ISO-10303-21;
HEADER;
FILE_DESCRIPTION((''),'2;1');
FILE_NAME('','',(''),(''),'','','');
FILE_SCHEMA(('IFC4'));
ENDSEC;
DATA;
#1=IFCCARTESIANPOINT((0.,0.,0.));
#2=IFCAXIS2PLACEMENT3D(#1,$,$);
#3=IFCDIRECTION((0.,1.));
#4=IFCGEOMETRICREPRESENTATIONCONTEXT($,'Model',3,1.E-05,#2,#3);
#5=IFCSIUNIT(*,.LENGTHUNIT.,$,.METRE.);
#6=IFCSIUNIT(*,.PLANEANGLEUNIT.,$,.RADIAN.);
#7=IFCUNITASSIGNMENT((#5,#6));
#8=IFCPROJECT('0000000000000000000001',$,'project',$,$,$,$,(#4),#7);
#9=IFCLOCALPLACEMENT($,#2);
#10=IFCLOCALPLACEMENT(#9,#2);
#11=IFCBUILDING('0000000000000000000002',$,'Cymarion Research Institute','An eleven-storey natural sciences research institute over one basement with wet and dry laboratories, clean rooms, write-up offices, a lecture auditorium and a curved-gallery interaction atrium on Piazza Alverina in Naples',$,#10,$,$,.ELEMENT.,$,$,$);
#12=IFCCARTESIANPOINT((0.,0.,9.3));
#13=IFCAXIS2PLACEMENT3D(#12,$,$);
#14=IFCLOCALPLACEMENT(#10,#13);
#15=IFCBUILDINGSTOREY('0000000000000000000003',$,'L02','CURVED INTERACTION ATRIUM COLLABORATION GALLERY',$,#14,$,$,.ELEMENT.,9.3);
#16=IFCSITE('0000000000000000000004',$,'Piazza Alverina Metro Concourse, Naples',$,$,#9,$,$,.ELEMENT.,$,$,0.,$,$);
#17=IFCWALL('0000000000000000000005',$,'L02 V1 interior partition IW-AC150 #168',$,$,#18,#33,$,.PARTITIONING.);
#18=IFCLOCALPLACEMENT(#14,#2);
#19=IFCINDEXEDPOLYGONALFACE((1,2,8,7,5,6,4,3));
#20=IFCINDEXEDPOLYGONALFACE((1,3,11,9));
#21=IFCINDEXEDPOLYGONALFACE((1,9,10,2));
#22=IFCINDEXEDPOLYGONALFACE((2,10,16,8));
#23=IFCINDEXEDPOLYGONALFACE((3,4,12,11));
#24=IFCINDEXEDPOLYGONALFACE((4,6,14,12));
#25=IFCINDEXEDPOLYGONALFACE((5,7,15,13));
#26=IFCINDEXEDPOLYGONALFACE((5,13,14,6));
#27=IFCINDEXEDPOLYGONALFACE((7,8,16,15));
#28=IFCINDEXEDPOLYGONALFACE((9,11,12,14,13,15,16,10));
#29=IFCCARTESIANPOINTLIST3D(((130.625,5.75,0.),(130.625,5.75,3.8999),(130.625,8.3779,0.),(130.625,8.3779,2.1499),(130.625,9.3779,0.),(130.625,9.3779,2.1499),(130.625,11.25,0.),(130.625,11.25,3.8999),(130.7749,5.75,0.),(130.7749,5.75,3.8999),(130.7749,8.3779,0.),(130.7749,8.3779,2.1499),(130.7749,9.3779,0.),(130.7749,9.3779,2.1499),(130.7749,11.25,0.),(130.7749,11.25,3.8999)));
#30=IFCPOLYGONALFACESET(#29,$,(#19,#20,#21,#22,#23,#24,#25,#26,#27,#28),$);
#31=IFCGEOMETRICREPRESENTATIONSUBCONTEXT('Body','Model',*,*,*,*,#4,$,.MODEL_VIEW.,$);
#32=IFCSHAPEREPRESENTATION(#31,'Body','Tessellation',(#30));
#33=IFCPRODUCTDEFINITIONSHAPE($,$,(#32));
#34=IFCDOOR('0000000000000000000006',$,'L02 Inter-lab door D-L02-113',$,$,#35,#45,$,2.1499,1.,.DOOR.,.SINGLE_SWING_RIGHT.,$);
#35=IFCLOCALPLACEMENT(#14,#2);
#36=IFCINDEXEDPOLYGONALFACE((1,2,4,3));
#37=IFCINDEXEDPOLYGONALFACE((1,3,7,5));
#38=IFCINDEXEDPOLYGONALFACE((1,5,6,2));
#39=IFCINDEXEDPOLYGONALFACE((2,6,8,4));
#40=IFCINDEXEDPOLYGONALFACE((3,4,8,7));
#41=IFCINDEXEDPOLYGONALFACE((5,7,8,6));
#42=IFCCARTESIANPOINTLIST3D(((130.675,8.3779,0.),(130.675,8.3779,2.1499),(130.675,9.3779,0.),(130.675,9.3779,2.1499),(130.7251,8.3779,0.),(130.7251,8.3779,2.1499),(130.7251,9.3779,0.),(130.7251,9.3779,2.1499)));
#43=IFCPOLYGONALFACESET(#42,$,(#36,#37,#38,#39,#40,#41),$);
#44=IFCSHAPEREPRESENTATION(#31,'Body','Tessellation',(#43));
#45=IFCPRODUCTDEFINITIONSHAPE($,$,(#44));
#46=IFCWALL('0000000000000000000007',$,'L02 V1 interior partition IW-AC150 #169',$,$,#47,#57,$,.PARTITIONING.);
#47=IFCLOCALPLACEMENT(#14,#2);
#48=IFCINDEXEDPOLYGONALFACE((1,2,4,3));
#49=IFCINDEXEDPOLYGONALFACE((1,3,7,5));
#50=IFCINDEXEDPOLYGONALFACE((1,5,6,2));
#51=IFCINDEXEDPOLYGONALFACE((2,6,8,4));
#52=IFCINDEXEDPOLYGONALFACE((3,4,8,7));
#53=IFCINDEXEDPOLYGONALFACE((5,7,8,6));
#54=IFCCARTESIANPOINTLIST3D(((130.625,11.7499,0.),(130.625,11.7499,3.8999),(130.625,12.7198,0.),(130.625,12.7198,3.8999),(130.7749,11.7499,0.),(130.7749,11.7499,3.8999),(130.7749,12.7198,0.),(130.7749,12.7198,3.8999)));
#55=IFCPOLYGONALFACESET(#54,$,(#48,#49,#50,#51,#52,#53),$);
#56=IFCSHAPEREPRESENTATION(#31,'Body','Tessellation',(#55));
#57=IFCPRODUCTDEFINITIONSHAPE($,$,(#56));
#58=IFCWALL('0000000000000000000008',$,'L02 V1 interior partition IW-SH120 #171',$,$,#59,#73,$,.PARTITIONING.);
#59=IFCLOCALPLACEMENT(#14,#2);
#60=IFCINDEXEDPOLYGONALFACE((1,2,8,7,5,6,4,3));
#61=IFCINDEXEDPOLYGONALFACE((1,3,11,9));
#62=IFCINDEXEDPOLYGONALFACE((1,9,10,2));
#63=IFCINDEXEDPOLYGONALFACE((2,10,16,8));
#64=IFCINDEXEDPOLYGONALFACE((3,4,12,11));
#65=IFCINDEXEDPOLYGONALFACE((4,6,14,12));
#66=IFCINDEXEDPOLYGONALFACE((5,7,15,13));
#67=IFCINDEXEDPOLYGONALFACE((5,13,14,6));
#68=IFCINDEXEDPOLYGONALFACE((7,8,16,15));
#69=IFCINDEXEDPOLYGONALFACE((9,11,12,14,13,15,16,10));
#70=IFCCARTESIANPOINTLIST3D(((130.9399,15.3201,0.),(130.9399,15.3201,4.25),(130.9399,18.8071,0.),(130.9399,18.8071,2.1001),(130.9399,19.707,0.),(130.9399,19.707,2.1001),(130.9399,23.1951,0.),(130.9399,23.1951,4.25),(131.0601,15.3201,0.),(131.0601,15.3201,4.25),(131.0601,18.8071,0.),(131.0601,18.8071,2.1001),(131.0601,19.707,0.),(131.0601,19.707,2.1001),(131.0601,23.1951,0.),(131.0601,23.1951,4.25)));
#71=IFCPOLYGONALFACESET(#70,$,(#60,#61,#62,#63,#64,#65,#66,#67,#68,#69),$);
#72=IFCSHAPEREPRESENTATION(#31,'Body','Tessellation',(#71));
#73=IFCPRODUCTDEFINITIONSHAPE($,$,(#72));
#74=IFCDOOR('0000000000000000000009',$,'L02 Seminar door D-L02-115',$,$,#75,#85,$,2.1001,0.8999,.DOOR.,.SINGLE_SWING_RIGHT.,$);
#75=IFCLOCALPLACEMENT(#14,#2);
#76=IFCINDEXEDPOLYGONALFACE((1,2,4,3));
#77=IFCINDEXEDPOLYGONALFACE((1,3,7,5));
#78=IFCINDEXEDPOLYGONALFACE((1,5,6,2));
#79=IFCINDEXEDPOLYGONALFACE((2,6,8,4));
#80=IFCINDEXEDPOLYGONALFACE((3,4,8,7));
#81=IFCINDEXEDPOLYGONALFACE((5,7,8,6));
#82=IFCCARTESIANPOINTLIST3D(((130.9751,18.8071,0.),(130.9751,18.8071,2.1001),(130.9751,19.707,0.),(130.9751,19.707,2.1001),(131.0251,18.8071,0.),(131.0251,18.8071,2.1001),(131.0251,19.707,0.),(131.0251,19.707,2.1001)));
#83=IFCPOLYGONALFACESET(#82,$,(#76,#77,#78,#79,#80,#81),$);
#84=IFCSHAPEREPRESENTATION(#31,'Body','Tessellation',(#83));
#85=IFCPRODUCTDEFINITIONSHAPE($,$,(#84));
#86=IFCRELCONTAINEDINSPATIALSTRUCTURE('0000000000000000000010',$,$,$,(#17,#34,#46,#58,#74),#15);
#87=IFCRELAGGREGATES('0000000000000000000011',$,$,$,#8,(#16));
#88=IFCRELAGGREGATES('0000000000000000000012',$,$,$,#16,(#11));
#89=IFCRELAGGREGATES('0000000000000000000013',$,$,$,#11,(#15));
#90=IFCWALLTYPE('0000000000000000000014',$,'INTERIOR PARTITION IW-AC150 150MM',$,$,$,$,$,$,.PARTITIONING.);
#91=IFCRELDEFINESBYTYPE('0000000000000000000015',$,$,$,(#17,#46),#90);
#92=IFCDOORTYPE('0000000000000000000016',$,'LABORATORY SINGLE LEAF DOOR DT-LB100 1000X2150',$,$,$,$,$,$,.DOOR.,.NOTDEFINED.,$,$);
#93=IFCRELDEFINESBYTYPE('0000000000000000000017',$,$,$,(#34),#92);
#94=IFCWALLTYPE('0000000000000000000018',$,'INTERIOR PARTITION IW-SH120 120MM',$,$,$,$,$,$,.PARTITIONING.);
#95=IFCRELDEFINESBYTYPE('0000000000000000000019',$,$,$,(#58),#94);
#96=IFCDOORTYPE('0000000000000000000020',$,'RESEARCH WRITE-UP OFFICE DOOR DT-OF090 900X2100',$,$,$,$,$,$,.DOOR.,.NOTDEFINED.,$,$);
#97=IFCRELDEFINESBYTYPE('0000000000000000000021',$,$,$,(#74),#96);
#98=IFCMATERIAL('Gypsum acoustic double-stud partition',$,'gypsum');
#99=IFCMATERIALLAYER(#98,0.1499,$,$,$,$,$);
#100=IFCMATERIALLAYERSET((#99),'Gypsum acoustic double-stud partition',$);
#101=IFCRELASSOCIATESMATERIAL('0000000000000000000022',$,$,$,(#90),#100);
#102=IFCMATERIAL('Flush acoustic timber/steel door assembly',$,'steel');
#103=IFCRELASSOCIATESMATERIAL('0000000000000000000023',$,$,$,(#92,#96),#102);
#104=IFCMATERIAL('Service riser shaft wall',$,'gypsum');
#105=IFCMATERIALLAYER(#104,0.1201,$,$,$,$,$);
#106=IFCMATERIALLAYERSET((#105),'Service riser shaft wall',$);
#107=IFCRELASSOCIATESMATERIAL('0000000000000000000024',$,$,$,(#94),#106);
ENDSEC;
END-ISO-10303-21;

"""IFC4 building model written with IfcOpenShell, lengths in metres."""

from ifc_helpers import new_model, si_unit, direction, frame, frame_2d, origin, place, context, subcontext, project, spatial, rectangle, extrude, material, layer, layer_set, type_object, element, fill, save


model = new_model("IFC4")

# Units and contexts
model_context = context("Model", 3, precision=1e-05, world=origin(), true_north=direction((0.0, 1.0)))
body_context = subcontext(model_context, "Body", "Model", "MODEL_VIEW")
ifc_project = project(units=[si_unit("LENGTHUNIT", "METRE"), si_unit("PLANEANGLEUNIT", "RADIAN")], contexts=[model_context])

# Site, building, storey
site_placement = place(None, origin())
site = spatial("IfcSite", under=ifc_project, at=site_placement, Name="Piazza Alverina Metro Concourse, Naples", CompositionType="ELEMENT", RefElevation=0.0)
building_placement = place(site_placement, origin())
building = spatial("IfcBuilding", under=site, at=building_placement, Name="Cymarion Research Institute", Description="An eleven-storey natural sciences research institute over one basement with wet and dry laboratories, clean rooms, write-up offices, a lecture auditorium and a curved-gallery interaction atrium on Piazza Alverina in Naples", CompositionType="ELEMENT")
storey_placement = place(building_placement, frame((0.0, 0.0, 9.3)))
storey = spatial("IfcBuildingStorey", under=building, at=storey_placement, Name="L02", Description="CURVED INTERACTION ATRIUM COLLABORATION GALLERY", CompositionType="ELEMENT", Elevation=9.3)

# Wall, opening, door
ifc_material_1 = material(Name="Gypsum acoustic double-stud partition", Category="gypsum")
ifc_layer_1 = layer(ifc_material_1, 0.1499)
ifc_layer_set_1 = layer_set([ifc_layer_1], Name="Gypsum acoustic double-stud partition")
wall_type_1 = type_object("IfcWallType", Name="INTERIOR PARTITION IW-AC150 150MM", PredefinedType="PARTITIONING", material=ifc_layer_set_1)
wall_1_placement = place(storey_placement, frame((130.7, 5.75, 0.0), z_axis=(0.0, 0.0, 1.0), x_axis=(0.0, 1.0, 0.0)))
wall_1 = element("IfcWall", 1, at=wall_1_placement, inside=storey, type_object=wall_type_1, Name="L02 V1 interior partition IW-AC150 #168", PredefinedType="PARTITIONING", context=body_context, shape_type="SweptSolid", body=[
    extrude(rectangle(XDim=5.5, YDim=0.1499, at=frame_2d((2.75, 0.0))), origin(), (0.0, 0.0, 1.0), 3.8999),
])
opening_1_placement = place(wall_1_placement, frame((2.6279, 0.0, 0.0)))
opening_1 = element("IfcOpeningElement", 2, at=opening_1_placement, cuts=wall_1, PredefinedType="OPENING", context=body_context, shape_type="SweptSolid", body=[
    extrude(rectangle(XDim=1.0, YDim=2.1499, at=frame_2d((0.5, 1.075))), frame((0.0, 0.085, 0.0), z_axis=(0.0, -1.0, 0.0), x_axis=(1.0, 0.0, 0.0)), (0.0, 0.0, 1.0), 0.1699),
])
ifc_material_2 = material(Name="Flush acoustic timber/steel door assembly", Category="steel")
door_type_1 = type_object("IfcDoorType", Name="LABORATORY SINGLE LEAF DOOR DT-LB100 1000X2150", OperationType="NOTDEFINED", PredefinedType="DOOR", material=ifc_material_2)
door_1_placement = place(opening_1_placement, origin())
door_1 = element("IfcDoor", 3, at=door_1_placement, inside=storey, type_object=door_type_1, Name="L02 Inter-lab door D-L02-113", OperationType="SINGLE_SWING_RIGHT", OverallHeight=2.1499, OverallWidth=1.0, PredefinedType="DOOR", context=body_context, shape_type="SweptSolid", body=[
    extrude(rectangle(XDim=1.0, YDim=2.1499, at=frame_2d((0.5, 1.075))), frame((0.0, 0.0249, 0.0), z_axis=(0.0, -1.0, 0.0), x_axis=(1.0, 0.0, 0.0)), (0.0, 0.0, 1.0), 0.05),
])
fill(opening_1, door_1)

# Wall
wall_2_placement = place(storey_placement, frame((130.7, 11.75, 0.0), z_axis=(0.0, 0.0, 1.0), x_axis=(0.0, 1.0, 0.0)))
element("IfcWall", 4, at=wall_2_placement, inside=storey, type_object=wall_type_1, Name="L02 V1 interior partition IW-AC150 #169", PredefinedType="PARTITIONING", context=body_context, shape_type="SweptSolid", body=[
    extrude(rectangle(XDim=0.97, YDim=0.1499, at=frame_2d((0.4849, 0.0))), origin(), (0.0, 0.0, 1.0), 3.8999),
])

# Wall, opening, door
ifc_material_3 = material(Name="Service riser shaft wall", Category="gypsum")
ifc_layer_2 = layer(ifc_material_3, 0.1201)
ifc_layer_set_2 = layer_set([ifc_layer_2], Name="Service riser shaft wall")
wall_type_2 = type_object("IfcWallType", Name="INTERIOR PARTITION IW-SH120 120MM", PredefinedType="PARTITIONING", material=ifc_layer_set_2)
wall_3_placement = place(storey_placement, frame((131.0, 15.3201, 0.0), z_axis=(0.0, 0.0, 1.0), x_axis=(0.0, 1.0, 0.0)))
wall_3 = element("IfcWall", 5, at=wall_3_placement, inside=storey, type_object=wall_type_2, Name="L02 V1 interior partition IW-SH120 #171", PredefinedType="PARTITIONING", context=body_context, shape_type="SweptSolid", body=[
    extrude(rectangle(XDim=7.875, YDim=0.1201, at=frame_2d((3.9375, 0.0))), origin(), (0.0, 0.0, 1.0), 4.25),
])
opening_2_placement = place(wall_3_placement, frame((3.4871, 0.0, 0.0)))
opening_2 = element("IfcOpeningElement", 6, at=opening_2_placement, cuts=wall_3, PredefinedType="OPENING", context=body_context, shape_type="SweptSolid", body=[
    extrude(rectangle(XDim=0.8999, YDim=2.1001, at=frame_2d((0.45, 1.05))), frame((0.0, 0.0701, 0.0), z_axis=(0.0, -1.0, 0.0), x_axis=(1.0, 0.0, 0.0)), (0.0, 0.0, 1.0), 0.1401),
])
door_type_2 = type_object("IfcDoorType", Name="RESEARCH WRITE-UP OFFICE DOOR DT-OF090 900X2100", OperationType="NOTDEFINED", PredefinedType="DOOR", material=ifc_material_2)
door_2_placement = place(opening_2_placement, origin())
door_2 = element("IfcDoor", 7, at=door_2_placement, inside=storey, type_object=door_type_2, Name="L02 Seminar door D-L02-115", OperationType="SINGLE_SWING_RIGHT", OverallHeight=2.1001, OverallWidth=0.8999, PredefinedType="DOOR", context=body_context, shape_type="SweptSolid", body=[
    extrude(rectangle(XDim=0.8999, YDim=2.1001, at=frame_2d((0.45, 1.05))), frame((0.0, 0.0249, 0.0), z_axis=(0.0, -1.0, 0.0), x_axis=(1.0, 0.0, 0.0)), (0.0, 0.0, 1.0), 0.05),
])
fill(opening_2, door_2)

save(model, "model.ifc")
